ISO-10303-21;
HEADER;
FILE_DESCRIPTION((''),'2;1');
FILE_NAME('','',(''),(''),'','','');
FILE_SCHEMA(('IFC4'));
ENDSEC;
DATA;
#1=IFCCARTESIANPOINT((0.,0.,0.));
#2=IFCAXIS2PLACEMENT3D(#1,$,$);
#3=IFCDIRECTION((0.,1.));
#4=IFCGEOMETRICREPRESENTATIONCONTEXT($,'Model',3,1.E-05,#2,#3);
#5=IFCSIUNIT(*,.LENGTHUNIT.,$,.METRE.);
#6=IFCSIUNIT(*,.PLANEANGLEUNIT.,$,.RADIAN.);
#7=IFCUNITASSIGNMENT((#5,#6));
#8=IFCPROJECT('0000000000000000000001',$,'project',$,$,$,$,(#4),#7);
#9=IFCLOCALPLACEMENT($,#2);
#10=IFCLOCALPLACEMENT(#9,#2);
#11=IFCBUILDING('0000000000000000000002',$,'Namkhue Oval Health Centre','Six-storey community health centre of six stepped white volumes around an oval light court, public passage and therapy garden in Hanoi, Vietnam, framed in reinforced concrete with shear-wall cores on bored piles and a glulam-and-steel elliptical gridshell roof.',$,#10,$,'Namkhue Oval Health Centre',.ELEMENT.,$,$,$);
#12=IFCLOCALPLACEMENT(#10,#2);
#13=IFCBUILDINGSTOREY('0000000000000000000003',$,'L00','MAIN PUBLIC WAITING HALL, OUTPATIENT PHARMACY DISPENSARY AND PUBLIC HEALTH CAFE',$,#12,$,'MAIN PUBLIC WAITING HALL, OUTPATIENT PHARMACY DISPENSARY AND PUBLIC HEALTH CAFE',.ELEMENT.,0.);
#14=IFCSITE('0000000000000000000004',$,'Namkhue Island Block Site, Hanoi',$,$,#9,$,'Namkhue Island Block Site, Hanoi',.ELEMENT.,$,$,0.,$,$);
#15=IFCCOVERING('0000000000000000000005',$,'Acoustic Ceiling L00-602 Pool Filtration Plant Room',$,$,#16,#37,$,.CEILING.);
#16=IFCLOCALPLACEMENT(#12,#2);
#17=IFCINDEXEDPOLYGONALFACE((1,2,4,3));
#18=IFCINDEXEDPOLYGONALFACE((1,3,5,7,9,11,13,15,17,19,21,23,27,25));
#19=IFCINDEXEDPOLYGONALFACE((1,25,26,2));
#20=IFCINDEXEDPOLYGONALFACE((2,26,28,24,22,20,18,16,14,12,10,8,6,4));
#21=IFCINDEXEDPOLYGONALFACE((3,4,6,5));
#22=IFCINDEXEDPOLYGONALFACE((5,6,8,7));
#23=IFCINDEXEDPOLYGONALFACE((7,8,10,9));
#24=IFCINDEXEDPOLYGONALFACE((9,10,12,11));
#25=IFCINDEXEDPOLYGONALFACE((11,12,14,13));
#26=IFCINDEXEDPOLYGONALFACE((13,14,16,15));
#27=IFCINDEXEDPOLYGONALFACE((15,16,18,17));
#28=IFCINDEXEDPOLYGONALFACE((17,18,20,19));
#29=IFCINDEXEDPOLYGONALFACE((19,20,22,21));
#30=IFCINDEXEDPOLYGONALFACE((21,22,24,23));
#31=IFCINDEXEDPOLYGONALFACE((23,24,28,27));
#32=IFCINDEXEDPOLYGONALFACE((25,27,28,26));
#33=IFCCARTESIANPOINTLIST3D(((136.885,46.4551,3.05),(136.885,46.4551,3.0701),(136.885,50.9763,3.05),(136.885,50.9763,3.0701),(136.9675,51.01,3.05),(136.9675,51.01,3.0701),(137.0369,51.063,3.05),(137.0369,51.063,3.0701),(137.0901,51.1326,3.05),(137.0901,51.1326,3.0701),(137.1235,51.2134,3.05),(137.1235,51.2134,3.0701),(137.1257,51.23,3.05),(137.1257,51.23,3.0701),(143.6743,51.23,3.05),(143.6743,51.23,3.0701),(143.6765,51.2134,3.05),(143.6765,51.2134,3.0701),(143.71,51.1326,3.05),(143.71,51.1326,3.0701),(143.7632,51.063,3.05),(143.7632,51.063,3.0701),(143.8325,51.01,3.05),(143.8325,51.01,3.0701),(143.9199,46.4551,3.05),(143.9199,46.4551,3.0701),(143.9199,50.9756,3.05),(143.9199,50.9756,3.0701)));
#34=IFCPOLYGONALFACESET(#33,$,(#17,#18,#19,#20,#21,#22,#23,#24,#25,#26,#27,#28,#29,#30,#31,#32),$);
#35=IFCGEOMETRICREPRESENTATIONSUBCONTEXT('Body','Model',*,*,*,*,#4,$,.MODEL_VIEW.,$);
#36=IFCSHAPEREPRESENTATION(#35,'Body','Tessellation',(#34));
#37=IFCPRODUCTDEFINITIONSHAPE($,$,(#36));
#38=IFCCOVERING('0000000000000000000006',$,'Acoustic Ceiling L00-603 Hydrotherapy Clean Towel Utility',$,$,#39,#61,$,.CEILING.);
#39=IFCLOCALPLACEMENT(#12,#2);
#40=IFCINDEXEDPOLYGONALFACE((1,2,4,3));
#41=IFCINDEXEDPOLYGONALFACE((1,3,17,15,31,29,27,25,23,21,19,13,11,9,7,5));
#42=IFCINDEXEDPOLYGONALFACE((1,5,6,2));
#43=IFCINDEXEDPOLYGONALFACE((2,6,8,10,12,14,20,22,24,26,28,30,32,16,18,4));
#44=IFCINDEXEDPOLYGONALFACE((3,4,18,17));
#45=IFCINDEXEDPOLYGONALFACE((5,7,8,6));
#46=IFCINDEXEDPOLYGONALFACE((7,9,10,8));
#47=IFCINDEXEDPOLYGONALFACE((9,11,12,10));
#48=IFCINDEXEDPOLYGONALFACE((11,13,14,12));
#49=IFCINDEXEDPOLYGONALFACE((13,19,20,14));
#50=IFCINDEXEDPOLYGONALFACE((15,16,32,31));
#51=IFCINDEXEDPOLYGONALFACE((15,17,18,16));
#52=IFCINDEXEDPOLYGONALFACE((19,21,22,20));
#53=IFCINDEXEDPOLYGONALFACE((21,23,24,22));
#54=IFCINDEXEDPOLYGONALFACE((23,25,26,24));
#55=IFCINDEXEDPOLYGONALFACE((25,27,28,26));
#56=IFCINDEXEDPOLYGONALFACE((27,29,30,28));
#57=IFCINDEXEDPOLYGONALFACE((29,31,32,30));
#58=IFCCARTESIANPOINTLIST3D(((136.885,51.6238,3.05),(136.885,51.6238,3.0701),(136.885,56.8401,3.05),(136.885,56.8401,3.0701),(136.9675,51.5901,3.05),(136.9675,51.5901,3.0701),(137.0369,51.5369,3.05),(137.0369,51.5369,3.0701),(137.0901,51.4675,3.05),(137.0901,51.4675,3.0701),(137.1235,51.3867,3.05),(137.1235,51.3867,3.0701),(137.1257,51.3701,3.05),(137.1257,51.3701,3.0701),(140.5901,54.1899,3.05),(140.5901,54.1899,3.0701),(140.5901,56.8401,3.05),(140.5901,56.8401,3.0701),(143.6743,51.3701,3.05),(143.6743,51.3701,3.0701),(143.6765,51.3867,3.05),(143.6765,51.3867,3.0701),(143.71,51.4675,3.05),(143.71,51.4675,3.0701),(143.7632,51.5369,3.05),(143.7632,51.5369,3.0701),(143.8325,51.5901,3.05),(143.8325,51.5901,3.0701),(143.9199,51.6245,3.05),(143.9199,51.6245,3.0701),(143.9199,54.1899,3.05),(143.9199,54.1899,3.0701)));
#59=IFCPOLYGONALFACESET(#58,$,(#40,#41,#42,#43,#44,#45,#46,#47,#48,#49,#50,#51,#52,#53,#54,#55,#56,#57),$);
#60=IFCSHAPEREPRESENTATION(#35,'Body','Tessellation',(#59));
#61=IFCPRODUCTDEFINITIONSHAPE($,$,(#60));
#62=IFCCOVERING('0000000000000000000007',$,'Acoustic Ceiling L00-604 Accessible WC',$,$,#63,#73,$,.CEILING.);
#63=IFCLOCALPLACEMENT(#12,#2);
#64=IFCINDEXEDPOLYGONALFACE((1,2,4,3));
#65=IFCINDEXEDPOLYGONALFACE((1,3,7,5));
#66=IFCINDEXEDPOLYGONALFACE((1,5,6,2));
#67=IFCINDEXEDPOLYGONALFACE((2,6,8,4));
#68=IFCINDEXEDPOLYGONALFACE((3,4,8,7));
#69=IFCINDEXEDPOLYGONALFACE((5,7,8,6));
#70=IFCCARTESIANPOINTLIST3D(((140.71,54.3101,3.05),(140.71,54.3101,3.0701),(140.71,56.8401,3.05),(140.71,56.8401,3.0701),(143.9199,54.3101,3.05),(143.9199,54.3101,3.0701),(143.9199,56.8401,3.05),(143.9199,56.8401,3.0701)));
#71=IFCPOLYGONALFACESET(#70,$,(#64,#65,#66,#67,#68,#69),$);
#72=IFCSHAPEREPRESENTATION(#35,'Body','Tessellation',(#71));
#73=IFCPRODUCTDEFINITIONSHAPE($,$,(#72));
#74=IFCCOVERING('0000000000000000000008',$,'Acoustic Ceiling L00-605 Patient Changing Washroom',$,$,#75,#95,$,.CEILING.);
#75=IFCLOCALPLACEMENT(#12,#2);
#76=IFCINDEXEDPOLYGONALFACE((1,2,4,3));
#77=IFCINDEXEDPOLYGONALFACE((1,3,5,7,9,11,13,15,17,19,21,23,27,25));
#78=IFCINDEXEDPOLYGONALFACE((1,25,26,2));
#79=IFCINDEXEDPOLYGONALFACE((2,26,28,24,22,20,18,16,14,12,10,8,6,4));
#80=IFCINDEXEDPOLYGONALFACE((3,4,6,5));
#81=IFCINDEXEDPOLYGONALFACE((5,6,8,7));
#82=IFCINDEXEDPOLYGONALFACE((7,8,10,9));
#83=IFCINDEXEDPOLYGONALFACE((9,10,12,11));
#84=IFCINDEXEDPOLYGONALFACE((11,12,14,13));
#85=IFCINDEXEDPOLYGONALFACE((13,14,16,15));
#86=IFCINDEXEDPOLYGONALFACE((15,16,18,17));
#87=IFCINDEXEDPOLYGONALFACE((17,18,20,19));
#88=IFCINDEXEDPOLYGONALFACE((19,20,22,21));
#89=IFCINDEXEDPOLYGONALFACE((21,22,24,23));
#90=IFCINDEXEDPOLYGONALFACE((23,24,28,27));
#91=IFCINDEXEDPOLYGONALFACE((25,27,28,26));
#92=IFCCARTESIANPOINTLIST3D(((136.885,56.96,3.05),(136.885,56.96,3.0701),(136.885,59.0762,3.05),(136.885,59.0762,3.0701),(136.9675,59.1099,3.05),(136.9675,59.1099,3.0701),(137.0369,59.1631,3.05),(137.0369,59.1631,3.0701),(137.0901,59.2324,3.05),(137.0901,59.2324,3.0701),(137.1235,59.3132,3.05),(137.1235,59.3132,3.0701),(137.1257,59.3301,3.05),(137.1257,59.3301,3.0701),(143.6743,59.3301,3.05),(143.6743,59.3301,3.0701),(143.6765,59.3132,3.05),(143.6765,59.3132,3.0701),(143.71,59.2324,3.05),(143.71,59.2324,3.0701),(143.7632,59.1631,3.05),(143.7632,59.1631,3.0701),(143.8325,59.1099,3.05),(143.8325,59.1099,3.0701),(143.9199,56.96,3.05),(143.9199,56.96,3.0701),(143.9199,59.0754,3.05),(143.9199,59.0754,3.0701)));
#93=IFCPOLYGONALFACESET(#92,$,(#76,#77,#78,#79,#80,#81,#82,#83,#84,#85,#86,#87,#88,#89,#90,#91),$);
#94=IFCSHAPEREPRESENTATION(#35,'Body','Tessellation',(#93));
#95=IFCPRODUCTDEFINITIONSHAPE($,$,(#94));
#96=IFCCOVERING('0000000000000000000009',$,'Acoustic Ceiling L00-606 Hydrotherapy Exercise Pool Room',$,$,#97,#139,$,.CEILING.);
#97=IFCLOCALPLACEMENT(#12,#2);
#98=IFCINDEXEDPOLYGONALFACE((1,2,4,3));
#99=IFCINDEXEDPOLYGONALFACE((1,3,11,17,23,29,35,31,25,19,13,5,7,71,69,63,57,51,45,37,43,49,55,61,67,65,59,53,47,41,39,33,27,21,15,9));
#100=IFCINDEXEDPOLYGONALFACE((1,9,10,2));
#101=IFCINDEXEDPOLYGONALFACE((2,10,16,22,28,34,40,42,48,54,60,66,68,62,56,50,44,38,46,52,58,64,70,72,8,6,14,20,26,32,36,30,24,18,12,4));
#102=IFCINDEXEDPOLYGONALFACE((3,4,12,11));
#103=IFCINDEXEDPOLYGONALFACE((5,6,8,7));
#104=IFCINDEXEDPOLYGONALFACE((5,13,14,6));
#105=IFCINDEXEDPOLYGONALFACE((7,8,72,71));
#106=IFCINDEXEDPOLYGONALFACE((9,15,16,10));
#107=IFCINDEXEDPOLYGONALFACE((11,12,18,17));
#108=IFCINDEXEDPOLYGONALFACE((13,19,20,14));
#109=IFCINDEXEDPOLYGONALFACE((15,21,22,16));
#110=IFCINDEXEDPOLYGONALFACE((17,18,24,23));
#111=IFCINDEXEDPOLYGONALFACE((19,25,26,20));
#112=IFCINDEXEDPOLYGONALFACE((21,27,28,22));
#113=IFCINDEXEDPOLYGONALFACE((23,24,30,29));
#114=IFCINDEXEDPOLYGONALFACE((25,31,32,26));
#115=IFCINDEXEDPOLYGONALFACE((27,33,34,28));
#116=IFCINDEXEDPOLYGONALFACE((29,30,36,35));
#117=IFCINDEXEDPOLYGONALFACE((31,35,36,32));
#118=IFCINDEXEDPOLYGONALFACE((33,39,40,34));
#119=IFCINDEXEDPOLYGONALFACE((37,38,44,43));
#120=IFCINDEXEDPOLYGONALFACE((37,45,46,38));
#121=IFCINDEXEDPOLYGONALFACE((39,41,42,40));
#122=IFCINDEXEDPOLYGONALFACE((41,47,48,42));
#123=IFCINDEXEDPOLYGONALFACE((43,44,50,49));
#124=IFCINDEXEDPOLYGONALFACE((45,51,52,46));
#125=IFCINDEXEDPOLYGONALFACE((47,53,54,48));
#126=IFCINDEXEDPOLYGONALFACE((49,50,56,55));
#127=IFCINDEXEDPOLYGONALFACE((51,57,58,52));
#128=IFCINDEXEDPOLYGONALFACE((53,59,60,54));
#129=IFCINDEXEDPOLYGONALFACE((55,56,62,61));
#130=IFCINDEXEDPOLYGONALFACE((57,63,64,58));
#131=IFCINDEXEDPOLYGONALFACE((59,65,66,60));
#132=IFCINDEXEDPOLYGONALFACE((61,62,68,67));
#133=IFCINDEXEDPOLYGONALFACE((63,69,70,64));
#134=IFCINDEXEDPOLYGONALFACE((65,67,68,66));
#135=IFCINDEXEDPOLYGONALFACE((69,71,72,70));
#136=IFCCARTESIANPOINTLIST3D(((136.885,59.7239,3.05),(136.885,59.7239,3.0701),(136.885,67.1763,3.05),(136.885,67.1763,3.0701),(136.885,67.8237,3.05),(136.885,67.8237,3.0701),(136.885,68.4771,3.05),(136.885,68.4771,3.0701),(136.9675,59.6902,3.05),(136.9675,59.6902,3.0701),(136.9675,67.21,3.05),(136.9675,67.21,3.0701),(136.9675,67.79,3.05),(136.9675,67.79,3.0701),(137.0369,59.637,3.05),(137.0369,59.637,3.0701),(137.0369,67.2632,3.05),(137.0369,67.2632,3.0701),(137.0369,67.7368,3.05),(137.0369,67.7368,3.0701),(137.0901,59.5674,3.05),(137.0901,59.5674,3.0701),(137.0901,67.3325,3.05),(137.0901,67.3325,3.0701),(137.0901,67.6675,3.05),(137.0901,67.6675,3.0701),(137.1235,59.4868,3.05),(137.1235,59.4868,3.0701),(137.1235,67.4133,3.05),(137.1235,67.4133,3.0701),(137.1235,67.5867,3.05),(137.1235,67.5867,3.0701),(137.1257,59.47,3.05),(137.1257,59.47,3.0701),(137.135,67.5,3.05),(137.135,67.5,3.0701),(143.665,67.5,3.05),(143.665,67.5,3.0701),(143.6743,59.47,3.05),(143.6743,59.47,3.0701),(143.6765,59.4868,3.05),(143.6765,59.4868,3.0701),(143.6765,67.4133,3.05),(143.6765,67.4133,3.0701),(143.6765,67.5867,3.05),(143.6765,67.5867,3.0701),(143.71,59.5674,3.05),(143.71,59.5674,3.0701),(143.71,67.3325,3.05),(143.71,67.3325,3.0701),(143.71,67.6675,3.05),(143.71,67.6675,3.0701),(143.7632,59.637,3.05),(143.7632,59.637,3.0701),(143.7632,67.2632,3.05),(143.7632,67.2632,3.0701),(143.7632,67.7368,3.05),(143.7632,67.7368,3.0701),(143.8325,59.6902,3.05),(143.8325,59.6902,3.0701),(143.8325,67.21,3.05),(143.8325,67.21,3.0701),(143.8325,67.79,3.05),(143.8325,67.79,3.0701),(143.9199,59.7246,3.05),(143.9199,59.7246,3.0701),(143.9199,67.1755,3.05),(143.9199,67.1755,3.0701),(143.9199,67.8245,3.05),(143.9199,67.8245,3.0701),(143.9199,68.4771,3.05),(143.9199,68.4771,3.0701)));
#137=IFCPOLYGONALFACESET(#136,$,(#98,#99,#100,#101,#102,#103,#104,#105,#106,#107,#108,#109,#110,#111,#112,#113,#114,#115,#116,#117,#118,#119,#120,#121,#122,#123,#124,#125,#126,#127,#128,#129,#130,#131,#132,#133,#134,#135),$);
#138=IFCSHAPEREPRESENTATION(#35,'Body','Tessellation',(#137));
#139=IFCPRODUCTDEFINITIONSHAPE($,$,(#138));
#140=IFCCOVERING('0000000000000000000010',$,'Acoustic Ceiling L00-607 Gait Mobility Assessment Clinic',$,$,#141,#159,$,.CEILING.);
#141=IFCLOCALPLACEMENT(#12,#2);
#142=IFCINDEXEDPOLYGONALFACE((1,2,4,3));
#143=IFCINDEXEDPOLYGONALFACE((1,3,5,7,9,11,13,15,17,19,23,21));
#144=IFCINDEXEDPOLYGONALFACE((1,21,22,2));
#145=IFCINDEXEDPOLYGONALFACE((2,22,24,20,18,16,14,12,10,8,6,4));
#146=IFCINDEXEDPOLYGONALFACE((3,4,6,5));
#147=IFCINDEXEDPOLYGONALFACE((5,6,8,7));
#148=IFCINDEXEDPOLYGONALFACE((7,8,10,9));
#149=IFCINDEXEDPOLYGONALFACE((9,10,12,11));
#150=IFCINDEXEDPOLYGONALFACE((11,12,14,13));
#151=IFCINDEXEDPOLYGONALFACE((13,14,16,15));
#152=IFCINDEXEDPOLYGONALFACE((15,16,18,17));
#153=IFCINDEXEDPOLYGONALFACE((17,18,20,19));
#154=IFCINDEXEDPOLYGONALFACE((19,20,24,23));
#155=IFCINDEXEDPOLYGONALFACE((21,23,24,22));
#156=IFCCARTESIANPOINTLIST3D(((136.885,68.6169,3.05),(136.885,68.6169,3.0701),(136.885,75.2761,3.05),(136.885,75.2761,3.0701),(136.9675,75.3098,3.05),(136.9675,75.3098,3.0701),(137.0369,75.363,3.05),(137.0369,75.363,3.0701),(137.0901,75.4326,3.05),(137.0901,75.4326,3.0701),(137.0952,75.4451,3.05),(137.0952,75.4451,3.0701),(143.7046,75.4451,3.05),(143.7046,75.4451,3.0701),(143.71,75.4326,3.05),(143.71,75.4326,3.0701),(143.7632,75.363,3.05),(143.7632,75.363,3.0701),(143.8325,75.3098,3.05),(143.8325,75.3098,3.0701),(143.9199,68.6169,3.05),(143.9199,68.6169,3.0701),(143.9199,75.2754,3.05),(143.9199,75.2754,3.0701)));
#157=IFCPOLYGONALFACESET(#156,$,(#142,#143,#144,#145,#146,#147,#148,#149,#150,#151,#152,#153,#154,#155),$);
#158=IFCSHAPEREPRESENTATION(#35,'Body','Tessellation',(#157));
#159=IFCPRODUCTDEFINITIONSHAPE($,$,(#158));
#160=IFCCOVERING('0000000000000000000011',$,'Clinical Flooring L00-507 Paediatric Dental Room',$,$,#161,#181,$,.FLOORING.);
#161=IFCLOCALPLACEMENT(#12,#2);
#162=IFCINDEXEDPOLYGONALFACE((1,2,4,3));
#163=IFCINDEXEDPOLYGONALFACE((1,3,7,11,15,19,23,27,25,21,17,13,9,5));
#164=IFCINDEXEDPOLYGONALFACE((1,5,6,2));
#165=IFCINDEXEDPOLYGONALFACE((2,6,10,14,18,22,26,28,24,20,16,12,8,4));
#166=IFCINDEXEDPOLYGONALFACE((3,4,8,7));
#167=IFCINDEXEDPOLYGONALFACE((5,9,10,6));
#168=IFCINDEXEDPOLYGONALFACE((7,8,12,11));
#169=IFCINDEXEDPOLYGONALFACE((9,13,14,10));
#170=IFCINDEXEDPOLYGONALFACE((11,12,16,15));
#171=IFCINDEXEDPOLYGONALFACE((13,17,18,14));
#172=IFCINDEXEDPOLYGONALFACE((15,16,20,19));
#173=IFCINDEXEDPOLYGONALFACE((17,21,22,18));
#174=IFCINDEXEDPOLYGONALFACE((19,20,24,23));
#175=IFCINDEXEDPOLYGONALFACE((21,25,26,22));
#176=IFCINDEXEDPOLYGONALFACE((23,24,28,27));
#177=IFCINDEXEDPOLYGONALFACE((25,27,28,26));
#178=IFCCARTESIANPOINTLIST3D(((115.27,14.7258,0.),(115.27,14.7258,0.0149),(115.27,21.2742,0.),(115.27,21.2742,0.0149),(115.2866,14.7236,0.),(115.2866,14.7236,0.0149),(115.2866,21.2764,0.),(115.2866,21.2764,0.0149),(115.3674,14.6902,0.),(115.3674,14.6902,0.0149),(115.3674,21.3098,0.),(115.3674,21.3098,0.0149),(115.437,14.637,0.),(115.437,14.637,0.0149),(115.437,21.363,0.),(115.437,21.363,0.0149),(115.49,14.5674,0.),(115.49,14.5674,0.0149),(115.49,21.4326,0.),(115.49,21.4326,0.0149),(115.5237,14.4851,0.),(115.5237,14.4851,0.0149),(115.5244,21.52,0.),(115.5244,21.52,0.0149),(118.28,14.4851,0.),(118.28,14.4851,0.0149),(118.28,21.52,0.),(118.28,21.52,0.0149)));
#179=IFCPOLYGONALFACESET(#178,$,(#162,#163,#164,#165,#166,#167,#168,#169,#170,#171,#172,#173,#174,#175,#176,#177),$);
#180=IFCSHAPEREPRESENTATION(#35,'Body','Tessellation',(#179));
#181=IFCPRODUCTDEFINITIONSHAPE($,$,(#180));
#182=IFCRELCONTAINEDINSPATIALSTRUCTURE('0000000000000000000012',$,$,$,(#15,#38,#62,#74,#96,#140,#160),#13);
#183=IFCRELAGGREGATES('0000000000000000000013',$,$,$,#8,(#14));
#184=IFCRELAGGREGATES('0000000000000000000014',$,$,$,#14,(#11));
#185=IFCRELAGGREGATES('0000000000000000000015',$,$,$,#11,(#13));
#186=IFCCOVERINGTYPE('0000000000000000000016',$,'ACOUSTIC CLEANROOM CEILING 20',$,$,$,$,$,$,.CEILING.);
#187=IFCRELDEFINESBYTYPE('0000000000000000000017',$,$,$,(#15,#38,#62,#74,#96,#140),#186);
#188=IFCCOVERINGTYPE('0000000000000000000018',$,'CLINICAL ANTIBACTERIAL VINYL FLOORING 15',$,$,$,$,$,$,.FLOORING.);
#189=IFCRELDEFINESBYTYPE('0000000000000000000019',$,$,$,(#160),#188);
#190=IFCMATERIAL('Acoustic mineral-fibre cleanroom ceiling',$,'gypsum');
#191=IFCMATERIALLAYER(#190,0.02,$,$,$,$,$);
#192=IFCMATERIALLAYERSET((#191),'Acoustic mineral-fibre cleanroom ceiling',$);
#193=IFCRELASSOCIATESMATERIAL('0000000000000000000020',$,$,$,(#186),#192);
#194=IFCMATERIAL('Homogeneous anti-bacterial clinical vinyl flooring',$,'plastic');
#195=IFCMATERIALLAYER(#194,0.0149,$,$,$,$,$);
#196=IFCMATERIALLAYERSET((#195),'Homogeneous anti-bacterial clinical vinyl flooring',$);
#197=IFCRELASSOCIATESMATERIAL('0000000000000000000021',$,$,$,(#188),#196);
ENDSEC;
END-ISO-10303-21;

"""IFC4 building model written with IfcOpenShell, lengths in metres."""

from ifc_helpers import new_model, si_unit, direction, frame, origin, place, context, subcontext, project, spatial, polyline, outline, extrude, material, layer, layer_set, type_object, element, save


model = new_model("IFC4")

# Units and contexts
model_context = context("Model", 3, precision=1e-05, world=origin(), true_north=direction((0.0, 1.0)))
body_context = subcontext(model_context, "Body", "Model", "MODEL_VIEW")
ifc_project = project(units=[si_unit("LENGTHUNIT", "METRE"), si_unit("PLANEANGLEUNIT", "RADIAN")], contexts=[model_context])

# Site, building, storey
site_placement = place(None, origin())
site = spatial("IfcSite", under=ifc_project, at=site_placement, Name="Namkhue Island Block Site, Hanoi", LongName="Namkhue Island Block Site, Hanoi", CompositionType="ELEMENT", RefElevation=0.0)
building_placement = place(site_placement, origin())
building = spatial("IfcBuilding", under=site, at=building_placement, Name="Namkhue Oval Health Centre", Description="Six-storey community health centre of six stepped white volumes around an oval light court, public passage and therapy garden in Hanoi, Vietnam, framed in reinforced concrete with shear-wall cores on bored piles and a glulam-and-steel elliptical gridshell roof.", LongName="Namkhue Oval Health Centre", CompositionType="ELEMENT")
storey_placement = place(building_placement, origin())
storey = spatial("IfcBuildingStorey", under=building, at=storey_placement, Name="L00", Description="MAIN PUBLIC WAITING HALL, OUTPATIENT PHARMACY DISPENSARY AND PUBLIC HEALTH CAFE", LongName="MAIN PUBLIC WAITING HALL, OUTPATIENT PHARMACY DISPENSARY AND PUBLIC HEALTH CAFE", CompositionType="ELEMENT", Elevation=0.0)

# Coverings
ifc_material_1 = material(Name="Acoustic mineral-fibre cleanroom ceiling", Category="gypsum")
ifc_layer_1 = layer(ifc_material_1, 0.02)
ifc_layer_set_1 = layer_set([ifc_layer_1], Name="Acoustic mineral-fibre cleanroom ceiling")
covering_type_1 = type_object("IfcCoveringType", Name="ACOUSTIC CLEANROOM CEILING 20", PredefinedType="CEILING", material=ifc_layer_set_1)
covering_1_placement = place(storey_placement, frame((0.0, 0.0, 3.05)))
element("IfcCovering", 1, at=covering_1_placement, inside=storey, type_object=covering_type_1, Name="Acoustic Ceiling L00-602 Pool Filtration Plant Room", PredefinedType="CEILING", context=body_context, shape_type="SweptSolid", body=[
    extrude(outline(polyline([(136.885, 46.4551), (136.885, 50.9763), (136.9675, 51.01), (137.0369, 51.063), (137.0901, 51.1326), (137.1235, 51.2134), (137.1257, 51.23), (143.6743, 51.23), (143.6765, 51.2134), (143.71, 51.1326), (143.7632, 51.063), (143.8325, 51.01), (143.9199, 50.9756), (143.9199, 46.4551), (136.885, 46.4551)])), origin(), (0.0, 0.0, 1.0), 0.02),
])
covering_2_placement = place(storey_placement, frame((0.0, 0.0, 3.05)))
element("IfcCovering", 2, at=covering_2_placement, inside=storey, type_object=covering_type_1, Name="Acoustic Ceiling L00-603 Hydrotherapy Clean Towel Utility", PredefinedType="CEILING", context=body_context, shape_type="SweptSolid", body=[
    extrude(outline(polyline([(136.885, 56.8401), (140.5901, 56.8401), (140.5901, 54.1899), (143.9199, 54.1899), (143.9199, 51.6245), (143.8325, 51.5901), (143.7632, 51.5369), (143.71, 51.4675), (143.6765, 51.3867), (143.6743, 51.3701), (137.1257, 51.3701), (137.1235, 51.3867), (137.0901, 51.4675), (137.0369, 51.5369), (136.9675, 51.5901), (136.885, 51.6238), (136.885, 56.8401)])), origin(), (0.0, 0.0, 1.0), 0.02),
])
covering_3_placement = place(storey_placement, frame((0.0, 0.0, 3.05)))
element("IfcCovering", 3, at=covering_3_placement, inside=storey, type_object=covering_type_1, Name="Acoustic Ceiling L00-604 Accessible WC", PredefinedType="CEILING", context=body_context, shape_type="SweptSolid", body=[
    extrude(outline(polyline([(140.71, 54.3101), (140.71, 56.8401), (143.9199, 56.8401), (143.9199, 54.3101), (140.71, 54.3101)])), origin(), (0.0, 0.0, 1.0), 0.02),
])
covering_4_placement = place(storey_placement, frame((0.0, 0.0, 3.05)))
element("IfcCovering", 4, at=covering_4_placement, inside=storey, type_object=covering_type_1, Name="Acoustic Ceiling L00-605 Patient Changing Washroom", PredefinedType="CEILING", context=body_context, shape_type="SweptSolid", body=[
    extrude(outline(polyline([(136.885, 56.96), (136.885, 59.0762), (136.9675, 59.1099), (137.0369, 59.1631), (137.0901, 59.2324), (137.1235, 59.3132), (137.1257, 59.3301), (143.6743, 59.3301), (143.6765, 59.3132), (143.71, 59.2324), (143.7632, 59.1631), (143.8325, 59.1099), (143.9199, 59.0754), (143.9199, 56.96), (136.885, 56.96)])), origin(), (0.0, 0.0, 1.0), 0.02),
])
covering_5_placement = place(storey_placement, frame((0.0, 0.0, 3.05)))
element("IfcCovering", 5, at=covering_5_placement, inside=storey, type_object=covering_type_1, Name="Acoustic Ceiling L00-606 Hydrotherapy Exercise Pool Room", PredefinedType="CEILING", context=body_context, shape_type="SweptSolid", body=[
    extrude(outline(polyline([(137.1257, 59.47), (137.1235, 59.4868), (137.0901, 59.5674), (137.0369, 59.637), (136.9675, 59.6902), (136.885, 59.7239), (136.885, 67.1763), (136.9675, 67.21), (137.0369, 67.2632), (137.0901, 67.3325), (137.1235, 67.4133), (137.135, 67.5), (137.1235, 67.5867), (137.0901, 67.6675), (137.0369, 67.7368), (136.9675, 67.79), (136.885, 67.8237), (136.885, 68.4771), (143.9199, 68.4771), (143.9199, 67.8245), (143.8325, 67.79), (143.7632, 67.7368), (143.71, 67.6675), (143.6765, 67.5867), (143.665, 67.5), (143.6765, 67.4133), (143.71, 67.3325), (143.7632, 67.2632), (143.8325, 67.21), (143.9199, 67.1755), (143.9199, 59.7246), (143.8325, 59.6902), (143.7632, 59.637), (143.71, 59.5674), (143.6765, 59.4868), (143.6743, 59.47), (137.1257, 59.47)])), origin(), (0.0, 0.0, 1.0), 0.02),
])
covering_6_placement = place(storey_placement, frame((0.0, 0.0, 3.05)))
element("IfcCovering", 6, at=covering_6_placement, inside=storey, type_object=covering_type_1, Name="Acoustic Ceiling L00-607 Gait Mobility Assessment Clinic", PredefinedType="CEILING", context=body_context, shape_type="SweptSolid", body=[
    extrude(outline(polyline([(136.885, 68.6169), (136.885, 75.2761), (136.9675, 75.3098), (137.0369, 75.363), (137.0901, 75.4326), (137.0952, 75.4451), (143.7046, 75.4451), (143.71, 75.4326), (143.7632, 75.363), (143.8325, 75.3098), (143.9199, 75.2754), (143.9199, 68.6169), (136.885, 68.6169)])), origin(), (0.0, 0.0, 1.0), 0.02),
])
ifc_material_2 = material(Name="Homogeneous anti-bacterial clinical vinyl flooring", Category="plastic")
ifc_layer_2 = layer(ifc_material_2, 0.0149)
ifc_layer_set_2 = layer_set([ifc_layer_2], Name="Homogeneous anti-bacterial clinical vinyl flooring")
covering_type_2 = type_object("IfcCoveringType", Name="CLINICAL ANTIBACTERIAL VINYL FLOORING 15", PredefinedType="FLOORING", material=ifc_layer_set_2)
covering_7_placement = place(storey_placement, origin())
element("IfcCovering", 7, at=covering_7_placement, inside=storey, type_object=covering_type_2, Name="Clinical Flooring L00-507 Paediatric Dental Room", PredefinedType="FLOORING", context=body_context, shape_type="SweptSolid", body=[
    extrude(outline(polyline([(115.5237, 14.4851), (115.49, 14.5674), (115.437, 14.637), (115.3674, 14.6902), (115.2866, 14.7236), (115.27, 14.7258), (115.27, 21.2742), (115.2866, 21.2764), (115.3674, 21.3098), (115.437, 21.363), (115.49, 21.4326), (115.5244, 21.52), (118.28, 21.52), (118.28, 14.4851), (115.5237, 14.4851)])), origin(), (0.0, 0.0, 1.0), 0.0149),
])

save(model, "model.ifc")
